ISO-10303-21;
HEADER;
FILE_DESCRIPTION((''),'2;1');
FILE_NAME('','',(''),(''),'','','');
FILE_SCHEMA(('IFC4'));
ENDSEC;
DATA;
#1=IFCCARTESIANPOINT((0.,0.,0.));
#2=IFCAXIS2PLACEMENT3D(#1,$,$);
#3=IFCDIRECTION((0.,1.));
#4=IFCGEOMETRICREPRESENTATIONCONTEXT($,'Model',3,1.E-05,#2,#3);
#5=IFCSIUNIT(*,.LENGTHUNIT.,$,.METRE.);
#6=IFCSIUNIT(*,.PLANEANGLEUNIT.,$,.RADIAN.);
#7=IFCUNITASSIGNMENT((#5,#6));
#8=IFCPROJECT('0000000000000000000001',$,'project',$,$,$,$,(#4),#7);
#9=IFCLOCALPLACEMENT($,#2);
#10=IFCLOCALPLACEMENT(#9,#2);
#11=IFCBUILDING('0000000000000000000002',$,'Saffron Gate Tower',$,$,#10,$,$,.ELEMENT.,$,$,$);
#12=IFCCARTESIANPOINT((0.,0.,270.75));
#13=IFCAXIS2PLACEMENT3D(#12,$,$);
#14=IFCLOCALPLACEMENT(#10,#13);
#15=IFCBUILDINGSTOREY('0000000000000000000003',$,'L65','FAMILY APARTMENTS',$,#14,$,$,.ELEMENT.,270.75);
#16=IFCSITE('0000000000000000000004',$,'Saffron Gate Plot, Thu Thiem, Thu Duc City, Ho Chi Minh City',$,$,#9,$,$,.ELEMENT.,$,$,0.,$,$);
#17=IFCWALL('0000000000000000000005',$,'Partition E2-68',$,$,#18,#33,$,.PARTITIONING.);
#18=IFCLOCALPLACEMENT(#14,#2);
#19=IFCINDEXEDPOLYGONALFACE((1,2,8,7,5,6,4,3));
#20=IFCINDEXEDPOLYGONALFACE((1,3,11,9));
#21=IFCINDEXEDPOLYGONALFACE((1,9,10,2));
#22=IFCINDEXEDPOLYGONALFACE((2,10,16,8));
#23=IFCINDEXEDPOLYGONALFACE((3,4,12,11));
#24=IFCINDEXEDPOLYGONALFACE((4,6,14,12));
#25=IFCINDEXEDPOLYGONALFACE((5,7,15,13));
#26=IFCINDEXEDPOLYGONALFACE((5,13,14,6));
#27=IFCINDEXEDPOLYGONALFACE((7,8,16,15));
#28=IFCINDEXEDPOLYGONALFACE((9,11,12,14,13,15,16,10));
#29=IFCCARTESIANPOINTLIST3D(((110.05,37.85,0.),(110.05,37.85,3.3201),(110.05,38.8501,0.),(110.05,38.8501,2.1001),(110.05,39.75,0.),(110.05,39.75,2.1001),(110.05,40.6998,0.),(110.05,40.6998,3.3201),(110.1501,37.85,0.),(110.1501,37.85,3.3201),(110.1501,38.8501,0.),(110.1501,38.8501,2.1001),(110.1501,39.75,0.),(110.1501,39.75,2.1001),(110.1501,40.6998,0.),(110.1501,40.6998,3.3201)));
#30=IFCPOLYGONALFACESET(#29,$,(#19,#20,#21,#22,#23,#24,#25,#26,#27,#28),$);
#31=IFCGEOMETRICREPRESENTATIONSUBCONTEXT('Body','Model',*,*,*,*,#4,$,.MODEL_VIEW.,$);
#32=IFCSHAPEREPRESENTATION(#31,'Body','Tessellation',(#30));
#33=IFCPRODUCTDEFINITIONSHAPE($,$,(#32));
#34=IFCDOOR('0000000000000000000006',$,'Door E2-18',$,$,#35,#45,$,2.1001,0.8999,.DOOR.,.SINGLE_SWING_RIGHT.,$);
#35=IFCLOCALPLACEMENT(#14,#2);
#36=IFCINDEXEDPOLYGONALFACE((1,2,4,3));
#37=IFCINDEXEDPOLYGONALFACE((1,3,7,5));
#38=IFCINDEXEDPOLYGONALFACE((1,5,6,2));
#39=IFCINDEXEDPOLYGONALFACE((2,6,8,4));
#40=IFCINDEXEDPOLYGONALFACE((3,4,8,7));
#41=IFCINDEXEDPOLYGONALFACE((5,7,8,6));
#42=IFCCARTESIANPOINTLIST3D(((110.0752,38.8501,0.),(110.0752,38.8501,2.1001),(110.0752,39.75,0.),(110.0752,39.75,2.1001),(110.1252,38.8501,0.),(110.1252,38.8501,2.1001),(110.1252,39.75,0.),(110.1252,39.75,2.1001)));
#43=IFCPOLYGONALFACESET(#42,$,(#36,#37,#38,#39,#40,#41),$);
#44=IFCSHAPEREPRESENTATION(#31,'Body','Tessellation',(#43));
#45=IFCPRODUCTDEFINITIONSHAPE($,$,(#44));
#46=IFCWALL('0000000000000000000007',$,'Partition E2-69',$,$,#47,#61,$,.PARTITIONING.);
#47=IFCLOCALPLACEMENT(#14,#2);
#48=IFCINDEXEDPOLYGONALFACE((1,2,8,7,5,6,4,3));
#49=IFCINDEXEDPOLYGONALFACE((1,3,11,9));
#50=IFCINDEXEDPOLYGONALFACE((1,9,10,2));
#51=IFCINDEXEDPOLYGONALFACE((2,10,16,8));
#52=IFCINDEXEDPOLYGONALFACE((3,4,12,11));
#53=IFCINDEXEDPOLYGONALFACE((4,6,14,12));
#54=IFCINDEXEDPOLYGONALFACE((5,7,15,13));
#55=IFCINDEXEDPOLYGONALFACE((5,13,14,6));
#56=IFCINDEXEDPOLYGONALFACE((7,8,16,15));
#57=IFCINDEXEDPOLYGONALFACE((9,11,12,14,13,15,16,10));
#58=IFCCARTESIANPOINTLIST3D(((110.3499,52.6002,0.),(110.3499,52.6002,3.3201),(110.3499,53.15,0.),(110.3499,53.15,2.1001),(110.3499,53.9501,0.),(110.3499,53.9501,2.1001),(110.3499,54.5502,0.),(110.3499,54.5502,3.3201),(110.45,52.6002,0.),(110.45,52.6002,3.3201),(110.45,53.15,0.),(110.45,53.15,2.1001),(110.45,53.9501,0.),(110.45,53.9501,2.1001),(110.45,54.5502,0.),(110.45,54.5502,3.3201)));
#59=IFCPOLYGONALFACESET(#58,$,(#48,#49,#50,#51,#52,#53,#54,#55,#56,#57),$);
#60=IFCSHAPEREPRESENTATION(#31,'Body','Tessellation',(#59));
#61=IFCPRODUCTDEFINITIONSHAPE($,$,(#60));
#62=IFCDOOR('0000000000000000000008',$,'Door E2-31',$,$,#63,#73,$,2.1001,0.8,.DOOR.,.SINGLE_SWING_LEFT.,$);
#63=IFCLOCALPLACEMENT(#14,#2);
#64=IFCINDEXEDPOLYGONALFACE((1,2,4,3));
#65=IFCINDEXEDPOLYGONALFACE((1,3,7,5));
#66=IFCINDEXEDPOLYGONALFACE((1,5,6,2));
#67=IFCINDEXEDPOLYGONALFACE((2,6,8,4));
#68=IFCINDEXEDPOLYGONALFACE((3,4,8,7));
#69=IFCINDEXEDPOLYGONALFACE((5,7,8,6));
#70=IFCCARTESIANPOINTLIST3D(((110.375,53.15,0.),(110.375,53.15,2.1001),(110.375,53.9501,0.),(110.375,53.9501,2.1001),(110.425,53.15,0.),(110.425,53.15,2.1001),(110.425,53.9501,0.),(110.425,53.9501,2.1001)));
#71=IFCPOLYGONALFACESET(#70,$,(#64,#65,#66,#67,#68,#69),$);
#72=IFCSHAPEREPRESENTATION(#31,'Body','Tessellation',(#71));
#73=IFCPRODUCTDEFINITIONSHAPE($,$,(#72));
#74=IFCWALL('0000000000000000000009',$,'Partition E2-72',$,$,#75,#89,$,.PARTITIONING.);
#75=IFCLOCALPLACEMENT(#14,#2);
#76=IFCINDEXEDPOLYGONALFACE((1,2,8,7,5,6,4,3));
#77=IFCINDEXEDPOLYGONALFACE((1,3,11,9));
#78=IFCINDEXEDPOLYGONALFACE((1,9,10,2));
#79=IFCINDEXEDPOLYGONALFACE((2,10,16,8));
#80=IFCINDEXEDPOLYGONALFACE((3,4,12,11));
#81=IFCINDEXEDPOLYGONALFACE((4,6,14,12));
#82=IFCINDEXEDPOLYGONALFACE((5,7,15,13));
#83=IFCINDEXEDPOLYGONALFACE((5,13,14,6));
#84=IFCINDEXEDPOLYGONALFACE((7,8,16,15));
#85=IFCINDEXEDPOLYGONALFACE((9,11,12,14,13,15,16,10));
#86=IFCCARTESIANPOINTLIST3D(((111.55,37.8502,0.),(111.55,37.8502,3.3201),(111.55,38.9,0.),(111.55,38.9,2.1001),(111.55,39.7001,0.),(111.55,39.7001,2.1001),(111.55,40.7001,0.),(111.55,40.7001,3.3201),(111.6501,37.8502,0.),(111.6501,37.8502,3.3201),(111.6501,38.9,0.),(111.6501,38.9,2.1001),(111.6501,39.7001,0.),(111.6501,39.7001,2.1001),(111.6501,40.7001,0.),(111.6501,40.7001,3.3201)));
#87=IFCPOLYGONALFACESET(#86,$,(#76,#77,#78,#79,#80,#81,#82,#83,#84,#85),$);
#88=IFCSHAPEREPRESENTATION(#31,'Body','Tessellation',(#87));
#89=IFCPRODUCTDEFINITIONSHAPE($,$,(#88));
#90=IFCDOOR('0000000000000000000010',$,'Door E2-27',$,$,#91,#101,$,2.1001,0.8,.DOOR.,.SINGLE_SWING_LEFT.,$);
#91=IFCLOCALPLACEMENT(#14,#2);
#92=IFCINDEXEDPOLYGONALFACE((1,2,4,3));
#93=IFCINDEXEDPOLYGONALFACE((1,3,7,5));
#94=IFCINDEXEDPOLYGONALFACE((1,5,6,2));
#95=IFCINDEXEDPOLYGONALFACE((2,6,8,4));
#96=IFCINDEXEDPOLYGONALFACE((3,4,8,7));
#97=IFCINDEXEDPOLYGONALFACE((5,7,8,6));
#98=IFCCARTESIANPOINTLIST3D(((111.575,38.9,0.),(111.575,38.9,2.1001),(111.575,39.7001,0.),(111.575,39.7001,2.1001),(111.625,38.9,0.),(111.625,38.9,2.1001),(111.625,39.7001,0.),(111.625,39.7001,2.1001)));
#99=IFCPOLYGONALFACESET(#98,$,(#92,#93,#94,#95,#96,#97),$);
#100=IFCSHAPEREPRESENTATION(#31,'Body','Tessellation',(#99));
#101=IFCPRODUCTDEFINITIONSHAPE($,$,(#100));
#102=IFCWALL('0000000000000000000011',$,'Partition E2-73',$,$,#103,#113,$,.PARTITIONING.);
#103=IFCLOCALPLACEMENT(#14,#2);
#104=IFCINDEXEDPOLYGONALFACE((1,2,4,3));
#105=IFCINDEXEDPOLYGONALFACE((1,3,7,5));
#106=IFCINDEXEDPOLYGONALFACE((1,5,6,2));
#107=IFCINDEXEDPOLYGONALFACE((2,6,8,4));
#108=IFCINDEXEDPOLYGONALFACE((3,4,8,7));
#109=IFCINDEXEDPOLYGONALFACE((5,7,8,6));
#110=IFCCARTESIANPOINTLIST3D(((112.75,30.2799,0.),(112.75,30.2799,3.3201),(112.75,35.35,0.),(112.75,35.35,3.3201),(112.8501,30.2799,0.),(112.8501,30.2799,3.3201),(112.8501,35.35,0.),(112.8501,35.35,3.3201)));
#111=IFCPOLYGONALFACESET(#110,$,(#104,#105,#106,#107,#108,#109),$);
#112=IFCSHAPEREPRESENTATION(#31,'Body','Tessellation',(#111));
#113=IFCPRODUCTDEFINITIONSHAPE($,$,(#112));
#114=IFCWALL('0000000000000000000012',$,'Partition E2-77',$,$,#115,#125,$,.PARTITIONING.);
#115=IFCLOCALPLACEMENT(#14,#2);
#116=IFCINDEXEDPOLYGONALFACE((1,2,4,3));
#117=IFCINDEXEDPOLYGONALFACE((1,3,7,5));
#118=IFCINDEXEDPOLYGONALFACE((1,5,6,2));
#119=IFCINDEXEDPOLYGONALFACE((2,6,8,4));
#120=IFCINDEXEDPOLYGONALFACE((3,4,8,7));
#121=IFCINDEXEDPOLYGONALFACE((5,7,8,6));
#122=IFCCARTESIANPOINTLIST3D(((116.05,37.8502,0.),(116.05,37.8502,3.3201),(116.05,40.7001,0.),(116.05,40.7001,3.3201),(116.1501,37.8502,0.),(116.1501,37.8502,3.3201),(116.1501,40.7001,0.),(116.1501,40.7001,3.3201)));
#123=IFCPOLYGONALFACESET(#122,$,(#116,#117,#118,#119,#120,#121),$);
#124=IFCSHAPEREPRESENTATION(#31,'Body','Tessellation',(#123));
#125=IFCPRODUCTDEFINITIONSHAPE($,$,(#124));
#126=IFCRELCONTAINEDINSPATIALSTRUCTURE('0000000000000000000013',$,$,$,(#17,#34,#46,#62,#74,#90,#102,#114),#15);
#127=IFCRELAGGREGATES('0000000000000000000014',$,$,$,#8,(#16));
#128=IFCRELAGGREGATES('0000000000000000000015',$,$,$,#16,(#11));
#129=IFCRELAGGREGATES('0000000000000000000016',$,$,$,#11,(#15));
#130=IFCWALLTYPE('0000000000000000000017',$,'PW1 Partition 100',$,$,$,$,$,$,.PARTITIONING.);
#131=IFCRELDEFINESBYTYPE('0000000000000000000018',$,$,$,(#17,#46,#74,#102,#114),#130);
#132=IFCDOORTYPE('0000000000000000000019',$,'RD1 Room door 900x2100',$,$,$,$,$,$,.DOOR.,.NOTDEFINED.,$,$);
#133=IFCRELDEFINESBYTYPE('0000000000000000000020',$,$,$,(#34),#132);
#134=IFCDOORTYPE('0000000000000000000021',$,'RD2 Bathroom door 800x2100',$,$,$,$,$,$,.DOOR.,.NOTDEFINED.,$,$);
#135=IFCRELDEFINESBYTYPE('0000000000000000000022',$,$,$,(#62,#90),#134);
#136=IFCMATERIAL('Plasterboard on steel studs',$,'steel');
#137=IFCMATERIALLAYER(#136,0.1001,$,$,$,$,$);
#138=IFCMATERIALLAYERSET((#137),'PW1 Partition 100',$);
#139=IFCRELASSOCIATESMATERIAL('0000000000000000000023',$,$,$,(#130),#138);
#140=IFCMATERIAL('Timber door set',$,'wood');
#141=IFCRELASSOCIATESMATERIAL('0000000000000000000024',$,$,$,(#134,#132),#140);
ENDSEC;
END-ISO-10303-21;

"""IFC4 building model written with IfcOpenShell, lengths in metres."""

from ifc_helpers import new_model, si_unit, direction, frame, frame_2d, origin, place, context, subcontext, project, spatial, rectangle, extrude, material, layer, layer_set, type_object, element, fill, save


model = new_model("IFC4")

# Units and contexts
model_context = context("Model", 3, precision=1e-05, world=origin(), true_north=direction((0.0, 1.0)))
body_context = subcontext(model_context, "Body", "Model", "MODEL_VIEW")
ifc_project = project(units=[si_unit("LENGTHUNIT", "METRE"), si_unit("PLANEANGLEUNIT", "RADIAN")], contexts=[model_context])

# Site, building, storey
site_placement = place(None, origin())
site = spatial("IfcSite", under=ifc_project, at=site_placement, Name="Saffron Gate Plot, Thu Thiem, Thu Duc City, Ho Chi Minh City", CompositionType="ELEMENT", RefElevation=0.0)
building_placement = place(site_placement, origin())
building = spatial("IfcBuilding", under=site, at=building_placement, Name="Saffron Gate Tower", CompositionType="ELEMENT")
storey_placement = place(building_placement, frame((0.0, 0.0, 270.75)))
storey = spatial("IfcBuildingStorey", under=building, at=storey_placement, Name="L65", Description="FAMILY APARTMENTS", CompositionType="ELEMENT", Elevation=270.75)

# Shared definitions
ifc_material_1 = material(Name="Plasterboard on steel studs", Category="steel")
ifc_layer = layer(ifc_material_1, 0.1001)
ifc_layer_set = layer_set([ifc_layer], Name="PW1 Partition 100")
wall_type = type_object("IfcWallType", Name="PW1 Partition 100", PredefinedType="PARTITIONING", material=ifc_layer_set)
ifc_material_2 = material(Name="Timber door set", Category="wood")
door_type_1 = type_object("IfcDoorType", Name="RD2 Bathroom door 800x2100", OperationType="NOTDEFINED", PredefinedType="DOOR", material=ifc_material_2)

# Walls, openings, doors
wall_1_placement = place(storey_placement, frame((110.1001, 37.8501, 0.0), z_axis=(0.0, 0.0, 1.0), x_axis=(0.0, 1.0, 0.0)))
wall_1 = element("IfcWall", 1, at=wall_1_placement, inside=storey, type_object=wall_type, Name="Partition E2-68", PredefinedType="PARTITIONING", context=body_context, shape_type="SweptSolid", body=[
    extrude(rectangle(XDim=2.8499, YDim=0.1001, at=frame_2d((1.4248, 0.0))), origin(), (0.0, 0.0, 1.0), 3.3201),
])
opening_1_placement = place(wall_1_placement, frame((1.0, 0.0, 0.0)))
opening_1 = element("IfcOpeningElement", 2, at=opening_1_placement, cuts=wall_1, PredefinedType="OPENING", context=body_context, shape_type="SweptSolid", body=[
    extrude(rectangle(XDim=0.8999, YDim=2.1001, at=frame_2d((0.45, 1.05))), frame((0.0, 0.0601, 0.0), z_axis=(0.0, -1.0, 0.0), x_axis=(1.0, 0.0, 0.0)), (0.0, 0.0, 1.0), 0.1201),
])
door_type_2 = type_object("IfcDoorType", Name="RD1 Room door 900x2100", OperationType="NOTDEFINED", PredefinedType="DOOR", material=ifc_material_2)
door_1_placement = place(opening_1_placement, origin())
door_1 = element("IfcDoor", 3, at=door_1_placement, inside=storey, type_object=door_type_2, Name="Door E2-18", OperationType="SINGLE_SWING_RIGHT", OverallHeight=2.1001, OverallWidth=0.8999, PredefinedType="DOOR", context=body_context, shape_type="SweptSolid", body=[
    extrude(rectangle(XDim=0.8999, YDim=2.1001, at=frame_2d((0.45, 1.05))), frame((0.0, 0.0249, 0.0), z_axis=(0.0, -1.0, 0.0), x_axis=(1.0, 0.0, 0.0)), (0.0, 0.0, 1.0), 0.05),
])
fill(opening_1, door_1)
wall_2_placement = place(storey_placement, frame((110.3999, 52.6001, 0.0), z_axis=(0.0, 0.0, 1.0), x_axis=(0.0, 1.0, 0.0)))
wall_2 = element("IfcWall", 4, at=wall_2_placement, inside=storey, type_object=wall_type, Name="Partition E2-69", PredefinedType="PARTITIONING", context=body_context, shape_type="SweptSolid", body=[
    extrude(rectangle(XDim=1.95, YDim=0.1001, at=frame_2d((0.9751, 0.0))), origin(), (0.0, 0.0, 1.0), 3.3201),
])
opening_2_placement = place(wall_2_placement, frame((0.55, 0.0, 0.0)))
opening_2 = element("IfcOpeningElement", 5, at=opening_2_placement, cuts=wall_2, PredefinedType="OPENING", context=body_context, shape_type="SweptSolid", body=[
    extrude(rectangle(XDim=0.8, YDim=2.1001, at=frame_2d((0.3999, 1.05))), frame((0.0, 0.0601, 0.0), z_axis=(0.0, -1.0, 0.0), x_axis=(1.0, 0.0, 0.0)), (0.0, 0.0, 1.0), 0.1201),
])
door_2_placement = place(opening_2_placement, origin())
door_2 = element("IfcDoor", 6, at=door_2_placement, inside=storey, type_object=door_type_1, Name="Door E2-31", OperationType="SINGLE_SWING_LEFT", OverallHeight=2.1001, OverallWidth=0.8, PredefinedType="DOOR", context=body_context, shape_type="SweptSolid", body=[
    extrude(rectangle(XDim=0.8, YDim=2.1001, at=frame_2d((0.3999, 1.05))), frame((0.0, 0.0249, 0.0), z_axis=(0.0, -1.0, 0.0), x_axis=(1.0, 0.0, 0.0)), (0.0, 0.0, 1.0), 0.05),
])
fill(opening_2, door_2)
wall_3_placement = place(storey_placement, frame((111.6001, 40.7, 0.0), z_axis=(0.0, 0.0, 1.0), x_axis=(0.0, -1.0, 0.0)))
wall_3 = element("IfcWall", 7, at=wall_3_placement, inside=storey, type_object=wall_type, Name="Partition E2-72", PredefinedType="PARTITIONING", context=body_context, shape_type="SweptSolid", body=[
    extrude(rectangle(XDim=2.8499, YDim=0.1001, at=frame_2d((1.4248, 0.0))), origin(), (0.0, 0.0, 1.0), 3.3201),
])
opening_3_placement = place(wall_3_placement, frame((1.0, 0.0, 0.0)))
opening_3 = element("IfcOpeningElement", 8, at=opening_3_placement, cuts=wall_3, PredefinedType="OPENING", context=body_context, shape_type="SweptSolid", body=[
    extrude(rectangle(XDim=0.8, YDim=2.1001, at=frame_2d((0.3999, 1.05))), frame((0.0, 0.0601, 0.0), z_axis=(0.0, -1.0, 0.0), x_axis=(1.0, 0.0, 0.0)), (0.0, 0.0, 1.0), 0.1201),
])
door_3_placement = place(opening_3_placement, origin())
door_3 = element("IfcDoor", 9, at=door_3_placement, inside=storey, type_object=door_type_1, Name="Door E2-27", OperationType="SINGLE_SWING_LEFT", OverallHeight=2.1001, OverallWidth=0.8, PredefinedType="DOOR", context=body_context, shape_type="SweptSolid", body=[
    extrude(rectangle(XDim=0.8, YDim=2.1001, at=frame_2d((0.3999, 1.05))), frame((0.0, 0.0249, 0.0), z_axis=(0.0, -1.0, 0.0), x_axis=(1.0, 0.0, 0.0)), (0.0, 0.0, 1.0), 0.05),
])
fill(opening_3, door_3)

# Walls
wall_4_placement = place(storey_placement, frame((112.8, 35.3501, 0.0), z_axis=(0.0, 0.0, 1.0), x_axis=(0.0, -1.0, 0.0)))
element("IfcWall", 10, at=wall_4_placement, inside=storey, type_object=wall_type, Name="Partition E2-73", PredefinedType="PARTITIONING", context=body_context, shape_type="SweptSolid", body=[
    extrude(rectangle(XDim=5.0701, YDim=0.1001, at=frame_2d((2.5352, 0.0))), origin(), (0.0, 0.0, 1.0), 3.3201),
])
wall_5_placement = place(storey_placement, frame((116.1001, 40.7, 0.0), z_axis=(0.0, 0.0, 1.0), x_axis=(0.0, -1.0, 0.0)))
element("IfcWall", 11, at=wall_5_placement, inside=storey, type_object=wall_type, Name="Partition E2-77", PredefinedType="PARTITIONING", context=body_context, shape_type="SweptSolid", body=[
    extrude(rectangle(XDim=2.8499, YDim=0.1001, at=frame_2d((1.4248, 0.0))), origin(), (0.0, 0.0, 1.0), 3.3201),
])

save(model, "model.ifc")
